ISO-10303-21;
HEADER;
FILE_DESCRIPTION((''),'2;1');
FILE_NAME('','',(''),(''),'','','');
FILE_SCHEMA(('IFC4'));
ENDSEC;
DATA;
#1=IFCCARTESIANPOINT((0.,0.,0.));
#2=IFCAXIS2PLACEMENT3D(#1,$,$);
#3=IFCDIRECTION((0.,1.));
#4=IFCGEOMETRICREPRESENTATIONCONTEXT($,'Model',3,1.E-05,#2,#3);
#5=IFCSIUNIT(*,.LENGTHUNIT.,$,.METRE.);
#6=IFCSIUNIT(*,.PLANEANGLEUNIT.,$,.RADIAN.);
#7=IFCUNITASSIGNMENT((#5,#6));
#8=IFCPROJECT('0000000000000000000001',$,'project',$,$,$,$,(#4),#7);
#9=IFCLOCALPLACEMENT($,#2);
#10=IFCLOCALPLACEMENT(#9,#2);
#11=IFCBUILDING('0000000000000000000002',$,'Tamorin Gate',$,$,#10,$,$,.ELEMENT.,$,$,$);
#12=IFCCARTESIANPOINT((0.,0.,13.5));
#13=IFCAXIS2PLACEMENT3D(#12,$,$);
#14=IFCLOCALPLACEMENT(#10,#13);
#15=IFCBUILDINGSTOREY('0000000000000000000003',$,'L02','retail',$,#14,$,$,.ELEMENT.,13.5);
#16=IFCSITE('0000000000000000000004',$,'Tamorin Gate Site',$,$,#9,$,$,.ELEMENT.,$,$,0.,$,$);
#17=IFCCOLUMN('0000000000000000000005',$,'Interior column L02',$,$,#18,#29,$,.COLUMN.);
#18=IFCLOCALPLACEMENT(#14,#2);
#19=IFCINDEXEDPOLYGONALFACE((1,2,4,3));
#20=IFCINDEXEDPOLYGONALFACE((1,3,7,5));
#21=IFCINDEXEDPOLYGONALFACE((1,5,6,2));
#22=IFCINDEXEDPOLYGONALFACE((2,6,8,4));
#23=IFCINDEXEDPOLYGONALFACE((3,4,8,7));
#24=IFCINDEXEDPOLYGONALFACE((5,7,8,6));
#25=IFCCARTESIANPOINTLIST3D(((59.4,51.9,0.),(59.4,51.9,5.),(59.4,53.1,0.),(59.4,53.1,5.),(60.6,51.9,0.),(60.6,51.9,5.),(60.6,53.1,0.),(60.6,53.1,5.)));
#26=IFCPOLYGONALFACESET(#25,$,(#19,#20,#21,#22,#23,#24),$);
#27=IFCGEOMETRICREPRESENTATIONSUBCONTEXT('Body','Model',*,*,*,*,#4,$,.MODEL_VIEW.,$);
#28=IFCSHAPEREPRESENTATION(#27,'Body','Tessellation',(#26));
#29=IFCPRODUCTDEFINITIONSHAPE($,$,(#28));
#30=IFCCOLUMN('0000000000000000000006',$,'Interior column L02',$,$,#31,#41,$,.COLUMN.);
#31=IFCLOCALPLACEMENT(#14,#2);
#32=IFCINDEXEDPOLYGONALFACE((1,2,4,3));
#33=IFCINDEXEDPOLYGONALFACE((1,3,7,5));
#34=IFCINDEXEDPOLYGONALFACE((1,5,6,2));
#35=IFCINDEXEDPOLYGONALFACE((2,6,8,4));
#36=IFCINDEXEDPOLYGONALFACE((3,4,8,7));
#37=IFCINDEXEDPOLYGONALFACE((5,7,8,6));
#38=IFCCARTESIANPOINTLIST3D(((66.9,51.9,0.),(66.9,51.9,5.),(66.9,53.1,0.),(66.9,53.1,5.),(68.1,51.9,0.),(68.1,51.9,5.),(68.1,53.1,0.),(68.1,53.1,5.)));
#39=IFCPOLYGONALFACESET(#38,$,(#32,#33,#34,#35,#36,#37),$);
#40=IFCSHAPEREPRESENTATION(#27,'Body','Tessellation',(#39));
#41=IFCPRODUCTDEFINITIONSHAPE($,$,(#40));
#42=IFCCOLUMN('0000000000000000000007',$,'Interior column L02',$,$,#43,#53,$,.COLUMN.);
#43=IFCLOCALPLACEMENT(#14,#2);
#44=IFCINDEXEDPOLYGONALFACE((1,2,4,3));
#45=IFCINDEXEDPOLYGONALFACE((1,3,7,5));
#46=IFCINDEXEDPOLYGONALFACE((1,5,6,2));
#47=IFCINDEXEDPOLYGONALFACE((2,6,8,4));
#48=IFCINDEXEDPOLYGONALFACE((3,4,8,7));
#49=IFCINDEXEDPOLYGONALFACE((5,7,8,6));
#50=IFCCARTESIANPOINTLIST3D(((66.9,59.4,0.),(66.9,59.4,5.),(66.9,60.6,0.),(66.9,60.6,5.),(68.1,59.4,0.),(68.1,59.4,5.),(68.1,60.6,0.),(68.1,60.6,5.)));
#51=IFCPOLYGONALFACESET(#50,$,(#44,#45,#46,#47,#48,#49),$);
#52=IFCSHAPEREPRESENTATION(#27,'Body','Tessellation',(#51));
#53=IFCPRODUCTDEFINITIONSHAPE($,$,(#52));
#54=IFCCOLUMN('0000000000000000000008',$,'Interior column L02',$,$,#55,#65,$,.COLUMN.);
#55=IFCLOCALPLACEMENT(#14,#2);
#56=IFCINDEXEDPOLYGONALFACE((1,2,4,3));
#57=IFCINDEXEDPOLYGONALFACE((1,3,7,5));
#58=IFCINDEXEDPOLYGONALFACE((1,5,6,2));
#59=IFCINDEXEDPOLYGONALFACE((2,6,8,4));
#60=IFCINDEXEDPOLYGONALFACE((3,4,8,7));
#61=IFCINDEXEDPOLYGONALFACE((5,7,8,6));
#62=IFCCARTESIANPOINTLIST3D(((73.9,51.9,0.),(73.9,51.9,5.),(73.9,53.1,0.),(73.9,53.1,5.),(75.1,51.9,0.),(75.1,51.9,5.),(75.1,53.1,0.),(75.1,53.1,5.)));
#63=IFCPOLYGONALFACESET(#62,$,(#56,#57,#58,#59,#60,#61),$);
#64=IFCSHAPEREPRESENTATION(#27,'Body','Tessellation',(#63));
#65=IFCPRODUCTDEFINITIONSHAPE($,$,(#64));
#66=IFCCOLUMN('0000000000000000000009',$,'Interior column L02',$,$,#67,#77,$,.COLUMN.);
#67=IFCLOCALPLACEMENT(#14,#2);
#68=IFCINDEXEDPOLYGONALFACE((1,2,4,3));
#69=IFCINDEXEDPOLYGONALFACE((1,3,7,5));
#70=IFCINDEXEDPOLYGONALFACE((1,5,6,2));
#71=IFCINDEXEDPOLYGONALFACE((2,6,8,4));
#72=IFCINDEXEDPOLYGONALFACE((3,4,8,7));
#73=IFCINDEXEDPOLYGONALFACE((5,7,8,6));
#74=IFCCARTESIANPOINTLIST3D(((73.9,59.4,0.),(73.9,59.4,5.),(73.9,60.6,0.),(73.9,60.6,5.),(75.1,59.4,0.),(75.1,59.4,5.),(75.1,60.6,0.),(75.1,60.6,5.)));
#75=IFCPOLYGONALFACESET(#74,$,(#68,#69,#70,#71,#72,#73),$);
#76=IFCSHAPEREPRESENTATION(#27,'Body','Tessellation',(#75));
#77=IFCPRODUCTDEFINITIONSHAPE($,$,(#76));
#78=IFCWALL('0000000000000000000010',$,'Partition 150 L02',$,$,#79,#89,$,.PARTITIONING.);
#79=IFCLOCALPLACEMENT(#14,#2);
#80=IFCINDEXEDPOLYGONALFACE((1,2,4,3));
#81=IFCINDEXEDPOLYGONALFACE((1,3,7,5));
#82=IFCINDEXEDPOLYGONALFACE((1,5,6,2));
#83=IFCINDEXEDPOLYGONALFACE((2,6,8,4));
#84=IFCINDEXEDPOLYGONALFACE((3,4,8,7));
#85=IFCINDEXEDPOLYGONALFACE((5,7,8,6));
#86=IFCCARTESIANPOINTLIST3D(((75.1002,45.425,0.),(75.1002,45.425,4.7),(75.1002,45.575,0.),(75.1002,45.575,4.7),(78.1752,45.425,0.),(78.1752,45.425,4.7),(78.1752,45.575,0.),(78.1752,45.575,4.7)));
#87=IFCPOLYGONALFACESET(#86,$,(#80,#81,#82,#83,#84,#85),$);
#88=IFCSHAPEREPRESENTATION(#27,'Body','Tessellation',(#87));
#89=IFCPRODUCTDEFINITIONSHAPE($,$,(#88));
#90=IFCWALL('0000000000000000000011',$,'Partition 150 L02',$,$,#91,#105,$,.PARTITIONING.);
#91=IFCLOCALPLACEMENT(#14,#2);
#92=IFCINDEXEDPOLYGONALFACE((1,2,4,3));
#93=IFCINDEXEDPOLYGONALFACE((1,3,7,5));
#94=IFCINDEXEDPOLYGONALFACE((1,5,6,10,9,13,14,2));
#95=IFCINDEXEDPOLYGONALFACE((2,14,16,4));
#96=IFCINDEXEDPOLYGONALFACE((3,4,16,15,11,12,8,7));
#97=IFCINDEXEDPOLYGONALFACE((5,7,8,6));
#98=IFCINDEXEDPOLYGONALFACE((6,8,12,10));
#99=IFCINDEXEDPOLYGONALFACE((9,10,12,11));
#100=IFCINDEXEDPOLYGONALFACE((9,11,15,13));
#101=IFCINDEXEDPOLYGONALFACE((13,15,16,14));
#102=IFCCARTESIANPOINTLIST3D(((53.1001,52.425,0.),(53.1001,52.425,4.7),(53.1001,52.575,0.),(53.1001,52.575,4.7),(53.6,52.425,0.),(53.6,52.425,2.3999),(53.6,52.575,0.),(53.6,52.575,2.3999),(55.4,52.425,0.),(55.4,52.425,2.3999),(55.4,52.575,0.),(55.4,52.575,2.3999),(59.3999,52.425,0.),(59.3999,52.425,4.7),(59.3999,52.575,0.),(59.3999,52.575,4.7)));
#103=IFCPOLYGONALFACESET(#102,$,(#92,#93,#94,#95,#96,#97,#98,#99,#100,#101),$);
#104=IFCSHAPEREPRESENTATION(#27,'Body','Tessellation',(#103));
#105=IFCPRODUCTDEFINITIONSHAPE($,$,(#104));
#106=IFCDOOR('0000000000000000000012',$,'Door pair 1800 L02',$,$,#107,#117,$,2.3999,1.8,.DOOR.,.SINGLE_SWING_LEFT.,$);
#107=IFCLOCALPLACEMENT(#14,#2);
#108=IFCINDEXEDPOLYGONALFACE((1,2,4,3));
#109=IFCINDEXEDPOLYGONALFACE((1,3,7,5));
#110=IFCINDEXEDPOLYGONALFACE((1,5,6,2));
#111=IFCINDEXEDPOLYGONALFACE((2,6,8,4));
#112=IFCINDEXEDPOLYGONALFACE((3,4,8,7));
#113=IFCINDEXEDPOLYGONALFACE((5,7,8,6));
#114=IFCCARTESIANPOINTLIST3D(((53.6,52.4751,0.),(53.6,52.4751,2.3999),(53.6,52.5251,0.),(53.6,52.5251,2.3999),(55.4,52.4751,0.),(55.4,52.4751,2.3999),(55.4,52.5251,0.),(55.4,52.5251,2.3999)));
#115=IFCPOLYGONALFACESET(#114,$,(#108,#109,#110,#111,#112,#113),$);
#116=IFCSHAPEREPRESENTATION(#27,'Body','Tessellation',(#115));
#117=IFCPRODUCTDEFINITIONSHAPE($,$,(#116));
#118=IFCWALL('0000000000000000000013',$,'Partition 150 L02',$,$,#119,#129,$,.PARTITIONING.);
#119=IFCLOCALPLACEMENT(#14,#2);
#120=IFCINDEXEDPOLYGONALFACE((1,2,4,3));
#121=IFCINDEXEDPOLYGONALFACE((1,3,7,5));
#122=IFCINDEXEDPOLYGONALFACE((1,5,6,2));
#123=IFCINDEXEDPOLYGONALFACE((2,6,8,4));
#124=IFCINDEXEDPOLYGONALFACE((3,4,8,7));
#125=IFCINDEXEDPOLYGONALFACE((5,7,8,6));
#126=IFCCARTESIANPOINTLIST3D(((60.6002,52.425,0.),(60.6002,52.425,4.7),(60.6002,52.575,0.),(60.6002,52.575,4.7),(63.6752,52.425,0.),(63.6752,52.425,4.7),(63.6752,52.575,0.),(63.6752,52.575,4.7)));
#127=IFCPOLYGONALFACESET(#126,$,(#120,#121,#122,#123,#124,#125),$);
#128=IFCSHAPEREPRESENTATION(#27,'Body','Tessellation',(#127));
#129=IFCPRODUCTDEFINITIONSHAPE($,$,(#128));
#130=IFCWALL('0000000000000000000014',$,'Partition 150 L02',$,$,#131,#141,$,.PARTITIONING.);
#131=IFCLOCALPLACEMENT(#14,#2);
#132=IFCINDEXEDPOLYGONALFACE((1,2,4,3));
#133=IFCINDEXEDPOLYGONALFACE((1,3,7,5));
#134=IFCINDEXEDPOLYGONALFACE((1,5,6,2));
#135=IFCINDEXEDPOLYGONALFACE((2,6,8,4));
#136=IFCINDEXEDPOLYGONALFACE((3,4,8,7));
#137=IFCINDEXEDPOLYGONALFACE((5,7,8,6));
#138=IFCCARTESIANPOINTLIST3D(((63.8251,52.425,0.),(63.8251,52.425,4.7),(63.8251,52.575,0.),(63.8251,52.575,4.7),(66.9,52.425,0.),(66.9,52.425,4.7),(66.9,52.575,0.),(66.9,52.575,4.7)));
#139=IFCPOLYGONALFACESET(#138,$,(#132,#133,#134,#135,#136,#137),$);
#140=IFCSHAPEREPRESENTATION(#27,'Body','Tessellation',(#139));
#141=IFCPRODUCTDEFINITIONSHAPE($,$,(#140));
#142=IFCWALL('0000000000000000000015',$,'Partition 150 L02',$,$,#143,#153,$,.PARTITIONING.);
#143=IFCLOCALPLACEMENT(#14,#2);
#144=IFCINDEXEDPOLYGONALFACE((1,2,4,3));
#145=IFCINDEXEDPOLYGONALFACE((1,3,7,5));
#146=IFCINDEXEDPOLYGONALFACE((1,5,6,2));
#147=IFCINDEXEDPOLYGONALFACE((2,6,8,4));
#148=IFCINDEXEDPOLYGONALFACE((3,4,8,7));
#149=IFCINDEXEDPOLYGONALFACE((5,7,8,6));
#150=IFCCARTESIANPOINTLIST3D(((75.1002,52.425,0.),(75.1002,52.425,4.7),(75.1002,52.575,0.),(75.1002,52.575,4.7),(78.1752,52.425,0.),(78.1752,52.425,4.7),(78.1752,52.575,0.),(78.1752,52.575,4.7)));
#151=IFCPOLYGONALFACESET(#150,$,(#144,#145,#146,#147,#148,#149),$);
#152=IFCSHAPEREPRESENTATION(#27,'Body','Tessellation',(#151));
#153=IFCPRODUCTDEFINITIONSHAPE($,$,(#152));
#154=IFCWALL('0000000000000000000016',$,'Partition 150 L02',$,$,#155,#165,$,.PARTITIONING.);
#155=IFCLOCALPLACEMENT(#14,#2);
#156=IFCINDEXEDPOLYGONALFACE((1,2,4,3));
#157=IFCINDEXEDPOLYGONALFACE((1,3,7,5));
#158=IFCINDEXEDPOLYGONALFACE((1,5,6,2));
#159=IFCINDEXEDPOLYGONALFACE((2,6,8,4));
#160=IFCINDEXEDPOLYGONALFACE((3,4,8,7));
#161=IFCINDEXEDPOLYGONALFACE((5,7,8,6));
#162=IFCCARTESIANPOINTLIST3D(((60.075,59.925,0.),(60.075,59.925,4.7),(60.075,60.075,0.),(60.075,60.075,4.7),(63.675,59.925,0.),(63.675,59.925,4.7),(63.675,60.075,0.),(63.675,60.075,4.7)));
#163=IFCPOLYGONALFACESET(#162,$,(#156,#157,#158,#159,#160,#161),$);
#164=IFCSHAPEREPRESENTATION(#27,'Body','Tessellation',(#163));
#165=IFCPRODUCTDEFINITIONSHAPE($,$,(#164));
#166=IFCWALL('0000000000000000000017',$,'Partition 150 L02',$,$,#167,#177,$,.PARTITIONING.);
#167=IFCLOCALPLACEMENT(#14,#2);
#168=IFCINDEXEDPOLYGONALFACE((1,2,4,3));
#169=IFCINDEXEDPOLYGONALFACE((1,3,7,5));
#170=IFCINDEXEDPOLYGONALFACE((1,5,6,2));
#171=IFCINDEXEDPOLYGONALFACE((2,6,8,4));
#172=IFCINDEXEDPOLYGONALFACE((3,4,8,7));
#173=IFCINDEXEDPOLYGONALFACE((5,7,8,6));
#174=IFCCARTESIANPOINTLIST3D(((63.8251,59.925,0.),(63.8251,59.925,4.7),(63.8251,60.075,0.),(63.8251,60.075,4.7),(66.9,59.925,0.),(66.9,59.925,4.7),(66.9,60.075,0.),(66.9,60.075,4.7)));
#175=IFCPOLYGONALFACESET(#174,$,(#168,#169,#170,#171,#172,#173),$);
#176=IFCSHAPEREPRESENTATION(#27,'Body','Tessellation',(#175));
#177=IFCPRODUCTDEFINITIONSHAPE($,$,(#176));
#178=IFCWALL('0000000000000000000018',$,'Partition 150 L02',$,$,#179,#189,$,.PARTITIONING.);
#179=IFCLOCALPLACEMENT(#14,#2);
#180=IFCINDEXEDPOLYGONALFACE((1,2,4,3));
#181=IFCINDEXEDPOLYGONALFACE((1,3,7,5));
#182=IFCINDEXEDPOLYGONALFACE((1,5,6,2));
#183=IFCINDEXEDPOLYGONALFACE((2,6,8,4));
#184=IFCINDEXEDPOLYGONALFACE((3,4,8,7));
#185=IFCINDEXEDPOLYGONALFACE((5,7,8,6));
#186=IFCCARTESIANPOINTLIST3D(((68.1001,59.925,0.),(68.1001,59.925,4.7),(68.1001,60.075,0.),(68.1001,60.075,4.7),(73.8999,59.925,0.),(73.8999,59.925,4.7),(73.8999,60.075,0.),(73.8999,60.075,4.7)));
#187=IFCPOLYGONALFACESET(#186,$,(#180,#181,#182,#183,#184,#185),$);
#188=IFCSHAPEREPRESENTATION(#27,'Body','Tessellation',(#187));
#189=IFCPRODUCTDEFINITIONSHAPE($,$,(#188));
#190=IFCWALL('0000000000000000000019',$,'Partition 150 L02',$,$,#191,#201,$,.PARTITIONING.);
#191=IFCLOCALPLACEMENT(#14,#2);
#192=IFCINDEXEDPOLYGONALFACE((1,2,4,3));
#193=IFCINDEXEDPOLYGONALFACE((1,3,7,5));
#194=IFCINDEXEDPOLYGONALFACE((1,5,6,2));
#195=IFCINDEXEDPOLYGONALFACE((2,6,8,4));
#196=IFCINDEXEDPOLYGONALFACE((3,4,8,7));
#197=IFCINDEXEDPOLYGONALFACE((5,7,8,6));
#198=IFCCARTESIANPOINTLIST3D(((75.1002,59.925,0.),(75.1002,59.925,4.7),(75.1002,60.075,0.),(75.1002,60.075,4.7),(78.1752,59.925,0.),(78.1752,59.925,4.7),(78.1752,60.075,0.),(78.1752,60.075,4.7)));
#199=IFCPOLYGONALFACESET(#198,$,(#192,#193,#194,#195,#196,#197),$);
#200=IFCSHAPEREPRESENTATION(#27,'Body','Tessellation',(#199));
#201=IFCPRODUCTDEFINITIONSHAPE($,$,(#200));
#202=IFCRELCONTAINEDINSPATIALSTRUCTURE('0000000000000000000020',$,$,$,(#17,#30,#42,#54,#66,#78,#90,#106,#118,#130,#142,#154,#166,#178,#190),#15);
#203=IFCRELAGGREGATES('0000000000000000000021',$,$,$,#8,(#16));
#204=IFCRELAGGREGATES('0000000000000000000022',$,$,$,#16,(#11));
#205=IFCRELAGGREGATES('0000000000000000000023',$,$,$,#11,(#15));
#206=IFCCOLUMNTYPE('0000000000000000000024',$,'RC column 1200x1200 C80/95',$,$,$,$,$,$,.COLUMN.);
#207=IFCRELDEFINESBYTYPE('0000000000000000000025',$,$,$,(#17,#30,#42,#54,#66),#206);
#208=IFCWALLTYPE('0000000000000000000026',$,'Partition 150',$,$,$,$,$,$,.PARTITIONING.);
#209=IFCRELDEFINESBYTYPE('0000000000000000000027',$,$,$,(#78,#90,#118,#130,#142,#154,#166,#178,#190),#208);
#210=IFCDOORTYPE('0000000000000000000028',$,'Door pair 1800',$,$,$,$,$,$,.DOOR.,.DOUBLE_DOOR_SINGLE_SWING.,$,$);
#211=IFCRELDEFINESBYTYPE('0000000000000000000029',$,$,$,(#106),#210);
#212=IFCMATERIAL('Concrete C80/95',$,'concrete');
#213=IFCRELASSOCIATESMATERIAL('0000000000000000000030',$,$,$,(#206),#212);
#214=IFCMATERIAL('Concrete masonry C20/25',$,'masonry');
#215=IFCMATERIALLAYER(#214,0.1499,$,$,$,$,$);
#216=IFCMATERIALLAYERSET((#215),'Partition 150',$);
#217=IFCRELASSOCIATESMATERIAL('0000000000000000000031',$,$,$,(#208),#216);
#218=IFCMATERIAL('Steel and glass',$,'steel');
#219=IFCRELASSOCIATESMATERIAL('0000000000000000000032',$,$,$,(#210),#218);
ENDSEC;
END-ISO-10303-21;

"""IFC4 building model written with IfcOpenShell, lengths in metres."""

from ifc_helpers import new_model, si_unit, direction, frame, frame_2d, origin, origin_2d, place, context, subcontext, project, spatial, rectangle, extrude, material, layer, layer_set, material_profile, profile_set, type_object, element, fill, save


model = new_model("IFC4")

# Units and contexts
model_context = context("Model", 3, precision=1e-05, world=origin(), true_north=direction((0.0, 1.0)))
body_context = subcontext(model_context, "Body", "Model", "MODEL_VIEW")
ifc_project = project(units=[si_unit("LENGTHUNIT", "METRE"), si_unit("PLANEANGLEUNIT", "RADIAN")], contexts=[model_context])

# Site, building, storey
site_placement = place(None, origin())
site = spatial("IfcSite", under=ifc_project, at=site_placement, Name="Tamorin Gate Site", CompositionType="ELEMENT", RefElevation=0.0)
building_placement = place(site_placement, origin())
building = spatial("IfcBuilding", under=site, at=building_placement, Name="Tamorin Gate", CompositionType="ELEMENT")
storey_placement = place(building_placement, frame((0.0, 0.0, 13.5)))
storey = spatial("IfcBuildingStorey", under=building, at=storey_placement, Name="L02", Description="retail", CompositionType="ELEMENT", Elevation=13.5)

# Columns
ifc_material_1 = material(Name="Concrete C80/95", Category="concrete")
ifc_material_profile = material_profile(ifc_material_1, rectangle(XDim=1.2, YDim=1.2, at=origin_2d()), Name="RC 1200x1200")
ifc_profile_set = profile_set([ifc_material_profile], Name="Concrete C80/95")
column_type = type_object("IfcColumnType", Name="RC column 1200x1200 C80/95", PredefinedType="COLUMN", material=ifc_profile_set)
for number, where, z_axis, x_axis, name in (
    (1, (60.0, 52.5, 0.0), (0.0, 0.0, 1.0), (1.0, 0.0, 0.0), "Interior column L02"),
    (2, (67.5, 52.5, 0.0), (0.0, 0.0, 1.0), (1.0, 0.0, 0.0), "Interior column L02"),
    (3, (67.5, 60.0, 0.0), (0.0, 0.0, 1.0), (1.0, 0.0, 0.0), "Interior column L02"),
    (4, (74.5, 52.5, 0.0), (0.0, 0.0, 1.0), (1.0, 0.0, 0.0), "Interior column L02"),
    (5, (74.5, 60.0, 0.0), (0.0, 0.0, 1.0), (1.0, 0.0, 0.0), "Interior column L02"),
):
    element("IfcColumn", number, at=place(storey_placement, frame(where, z_axis=z_axis, x_axis=x_axis)), inside=storey, type_object=column_type, Name=name, PredefinedType="COLUMN", context=body_context, shape_type="SweptSolid", body=[
        extrude(rectangle(XDim=1.2, YDim=1.2, at=origin_2d()), origin(), (0.0, 0.0, 1.0), 5.0),
    ])

# Wall
ifc_material_2 = material(Name="Concrete masonry C20/25", Category="masonry")
ifc_layer_1 = layer(ifc_material_2, 0.1499)
ifc_layer_set_1 = layer_set([ifc_layer_1], Name="Partition 150")
wall_type_1 = type_object("IfcWallType", Name="Partition 150", PredefinedType="PARTITIONING", material=ifc_layer_set_1)
wall_1_placement = place(storey_placement, frame((75.1001, 45.5, 0.0), z_axis=(0.0, 0.0, 1.0), x_axis=(1.0, 0.0, 0.0)))
element("IfcWall", 6, at=wall_1_placement, inside=storey, type_object=wall_type_1, Name="Partition 150 L02", PredefinedType="PARTITIONING", context=body_context, shape_type="SweptSolid", body=[
    extrude(rectangle(XDim=3.075, YDim=0.1499, at=frame_2d((1.5376, 0.0))), origin(), (0.0, 0.0, 1.0), 4.7),
])

# Wall, opening, door
wall_2_placement = place(storey_placement, frame((59.3999, 52.5, 0.0), z_axis=(0.0, 0.0, 1.0), x_axis=(-1.0, 0.0, 0.0)))
wall_2 = element("IfcWall", 7, at=wall_2_placement, inside=storey, type_object=wall_type_1, Name="Partition 150 L02", PredefinedType="PARTITIONING", context=body_context, shape_type="SweptSolid", body=[
    extrude(rectangle(XDim=6.2998, YDim=0.1499, at=frame_2d((3.1499, 0.0))), origin(), (0.0, 0.0, 1.0), 4.7),
])
opening_1_placement = place(wall_2_placement, frame((4.0, 0.0, 0.0)))
opening_1 = element("IfcOpeningElement", 8, at=opening_1_placement, cuts=wall_2, PredefinedType="OPENING", context=body_context, shape_type="SweptSolid", body=[
    extrude(rectangle(XDim=1.8, YDim=2.3999, at=frame_2d((0.8999, 1.2))), frame((0.0, 0.085, 0.0), z_axis=(0.0, -1.0, 0.0), x_axis=(1.0, 0.0, 0.0)), (0.0, 0.0, 1.0), 0.1699),
])
ifc_material_3 = material(Name="Steel and glass", Category="steel")
door_type_1 = type_object("IfcDoorType", Name="Door pair 1800", OperationType="DOUBLE_DOOR_SINGLE_SWING", PredefinedType="DOOR", material=ifc_material_3)
door_1_placement = place(opening_1_placement, origin())
door_1 = element("IfcDoor", 9, at=door_1_placement, inside=storey, type_object=door_type_1, Name="Door pair 1800 L02", OperationType="SINGLE_SWING_LEFT", OverallHeight=2.3999, OverallWidth=1.8, PredefinedType="DOOR", context=body_context, shape_type="SweptSolid", body=[
    extrude(rectangle(XDim=1.8, YDim=2.3999, at=frame_2d((0.8999, 1.2))), frame((0.0, 0.0249, 0.0), z_axis=(0.0, -1.0, 0.0), x_axis=(1.0, 0.0, 0.0)), (0.0, 0.0, 1.0), 0.05),
])
fill(opening_1, door_1)

# Walls
for number, where, z_axis, x_axis, name in (
    (10, (60.6001, 52.5, 0.0), (0.0, 0.0, 1.0), (1.0, 0.0, 0.0), "Partition 150 L02"),
    (11, (63.825, 52.5, 0.0), (0.0, 0.0, 1.0), (1.0, 0.0, 0.0), "Partition 150 L02"),
):
    element("IfcWall", number, at=place(storey_placement, frame(where, z_axis=z_axis, x_axis=x_axis)), inside=storey, type_object=wall_type_1, Name=name, PredefinedType="PARTITIONING", context=body_context, shape_type="SweptSolid", body=[
        extrude(rectangle(XDim=3.075, YDim=0.1499, at=frame_2d((1.5376, 0.0))), origin(), (0.0, 0.0, 1.0), 4.7),
    ])

# Walls
wall_3_placement = place(storey_placement, frame((75.1001, 52.5, 0.0), z_axis=(0.0, 0.0, 1.0), x_axis=(1.0, 0.0, 0.0)))
element("IfcWall", 12, at=wall_3_placement, inside=storey, type_object=wall_type_1, Name="Partition 150 L02", PredefinedType="PARTITIONING", context=body_context, shape_type="SweptSolid", body=[
    extrude(rectangle(XDim=3.075, YDim=0.1499, at=frame_2d((1.5376, 0.0))), origin(), (0.0, 0.0, 1.0), 4.7),
])
wall_4_placement = place(storey_placement, frame((60.075, 60.0, 0.0), z_axis=(0.0, 0.0, 1.0), x_axis=(1.0, 0.0, 0.0)))
element("IfcWall", 13, at=wall_4_placement, inside=storey, type_object=wall_type_1, Name="Partition 150 L02", PredefinedType="PARTITIONING", context=body_context, shape_type="SweptSolid", body=[
    extrude(rectangle(XDim=3.6001, YDim=0.1499, at=frame_2d((1.8, 0.0))), origin(), (0.0, 0.0, 1.0), 4.7),
])
wall_5_placement = place(storey_placement, frame((63.825, 60.0, 0.0), z_axis=(0.0, 0.0, 1.0), x_axis=(1.0, 0.0, 0.0)))
element("IfcWall", 14, at=wall_5_placement, inside=storey, type_object=wall_type_1, Name="Partition 150 L02", PredefinedType="PARTITIONING", context=body_context, shape_type="SweptSolid", body=[
    extrude(rectangle(XDim=3.075, YDim=0.1499, at=frame_2d((1.5376, 0.0))), origin(), (0.0, 0.0, 1.0), 4.7),
])
wall_6_placement = place(storey_placement, frame((68.1001, 60.0, 0.0), z_axis=(0.0, 0.0, 1.0), x_axis=(1.0, 0.0, 0.0)))
element("IfcWall", 15, at=wall_6_placement, inside=storey, type_object=wall_type_1, Name="Partition 150 L02", PredefinedType="PARTITIONING", context=body_context, shape_type="SweptSolid", body=[
    extrude(rectangle(XDim=5.7998, YDim=0.1499, at=frame_2d((2.8999, 0.0))), origin(), (0.0, 0.0, 1.0), 4.7),
])
wall_7_placement = place(storey_placement, frame((75.1001, 60.0, 0.0), z_axis=(0.0, 0.0, 1.0), x_axis=(1.0, 0.0, 0.0)))
element("IfcWall", 16, at=wall_7_placement, inside=storey, type_object=wall_type_1, Name="Partition 150 L02", PredefinedType="PARTITIONING", context=body_context, shape_type="SweptSolid", body=[
    extrude(rectangle(XDim=3.075, YDim=0.1499, at=frame_2d((1.5376, 0.0))), origin(), (0.0, 0.0, 1.0), 4.7),
])

save(model, "model.ifc")
